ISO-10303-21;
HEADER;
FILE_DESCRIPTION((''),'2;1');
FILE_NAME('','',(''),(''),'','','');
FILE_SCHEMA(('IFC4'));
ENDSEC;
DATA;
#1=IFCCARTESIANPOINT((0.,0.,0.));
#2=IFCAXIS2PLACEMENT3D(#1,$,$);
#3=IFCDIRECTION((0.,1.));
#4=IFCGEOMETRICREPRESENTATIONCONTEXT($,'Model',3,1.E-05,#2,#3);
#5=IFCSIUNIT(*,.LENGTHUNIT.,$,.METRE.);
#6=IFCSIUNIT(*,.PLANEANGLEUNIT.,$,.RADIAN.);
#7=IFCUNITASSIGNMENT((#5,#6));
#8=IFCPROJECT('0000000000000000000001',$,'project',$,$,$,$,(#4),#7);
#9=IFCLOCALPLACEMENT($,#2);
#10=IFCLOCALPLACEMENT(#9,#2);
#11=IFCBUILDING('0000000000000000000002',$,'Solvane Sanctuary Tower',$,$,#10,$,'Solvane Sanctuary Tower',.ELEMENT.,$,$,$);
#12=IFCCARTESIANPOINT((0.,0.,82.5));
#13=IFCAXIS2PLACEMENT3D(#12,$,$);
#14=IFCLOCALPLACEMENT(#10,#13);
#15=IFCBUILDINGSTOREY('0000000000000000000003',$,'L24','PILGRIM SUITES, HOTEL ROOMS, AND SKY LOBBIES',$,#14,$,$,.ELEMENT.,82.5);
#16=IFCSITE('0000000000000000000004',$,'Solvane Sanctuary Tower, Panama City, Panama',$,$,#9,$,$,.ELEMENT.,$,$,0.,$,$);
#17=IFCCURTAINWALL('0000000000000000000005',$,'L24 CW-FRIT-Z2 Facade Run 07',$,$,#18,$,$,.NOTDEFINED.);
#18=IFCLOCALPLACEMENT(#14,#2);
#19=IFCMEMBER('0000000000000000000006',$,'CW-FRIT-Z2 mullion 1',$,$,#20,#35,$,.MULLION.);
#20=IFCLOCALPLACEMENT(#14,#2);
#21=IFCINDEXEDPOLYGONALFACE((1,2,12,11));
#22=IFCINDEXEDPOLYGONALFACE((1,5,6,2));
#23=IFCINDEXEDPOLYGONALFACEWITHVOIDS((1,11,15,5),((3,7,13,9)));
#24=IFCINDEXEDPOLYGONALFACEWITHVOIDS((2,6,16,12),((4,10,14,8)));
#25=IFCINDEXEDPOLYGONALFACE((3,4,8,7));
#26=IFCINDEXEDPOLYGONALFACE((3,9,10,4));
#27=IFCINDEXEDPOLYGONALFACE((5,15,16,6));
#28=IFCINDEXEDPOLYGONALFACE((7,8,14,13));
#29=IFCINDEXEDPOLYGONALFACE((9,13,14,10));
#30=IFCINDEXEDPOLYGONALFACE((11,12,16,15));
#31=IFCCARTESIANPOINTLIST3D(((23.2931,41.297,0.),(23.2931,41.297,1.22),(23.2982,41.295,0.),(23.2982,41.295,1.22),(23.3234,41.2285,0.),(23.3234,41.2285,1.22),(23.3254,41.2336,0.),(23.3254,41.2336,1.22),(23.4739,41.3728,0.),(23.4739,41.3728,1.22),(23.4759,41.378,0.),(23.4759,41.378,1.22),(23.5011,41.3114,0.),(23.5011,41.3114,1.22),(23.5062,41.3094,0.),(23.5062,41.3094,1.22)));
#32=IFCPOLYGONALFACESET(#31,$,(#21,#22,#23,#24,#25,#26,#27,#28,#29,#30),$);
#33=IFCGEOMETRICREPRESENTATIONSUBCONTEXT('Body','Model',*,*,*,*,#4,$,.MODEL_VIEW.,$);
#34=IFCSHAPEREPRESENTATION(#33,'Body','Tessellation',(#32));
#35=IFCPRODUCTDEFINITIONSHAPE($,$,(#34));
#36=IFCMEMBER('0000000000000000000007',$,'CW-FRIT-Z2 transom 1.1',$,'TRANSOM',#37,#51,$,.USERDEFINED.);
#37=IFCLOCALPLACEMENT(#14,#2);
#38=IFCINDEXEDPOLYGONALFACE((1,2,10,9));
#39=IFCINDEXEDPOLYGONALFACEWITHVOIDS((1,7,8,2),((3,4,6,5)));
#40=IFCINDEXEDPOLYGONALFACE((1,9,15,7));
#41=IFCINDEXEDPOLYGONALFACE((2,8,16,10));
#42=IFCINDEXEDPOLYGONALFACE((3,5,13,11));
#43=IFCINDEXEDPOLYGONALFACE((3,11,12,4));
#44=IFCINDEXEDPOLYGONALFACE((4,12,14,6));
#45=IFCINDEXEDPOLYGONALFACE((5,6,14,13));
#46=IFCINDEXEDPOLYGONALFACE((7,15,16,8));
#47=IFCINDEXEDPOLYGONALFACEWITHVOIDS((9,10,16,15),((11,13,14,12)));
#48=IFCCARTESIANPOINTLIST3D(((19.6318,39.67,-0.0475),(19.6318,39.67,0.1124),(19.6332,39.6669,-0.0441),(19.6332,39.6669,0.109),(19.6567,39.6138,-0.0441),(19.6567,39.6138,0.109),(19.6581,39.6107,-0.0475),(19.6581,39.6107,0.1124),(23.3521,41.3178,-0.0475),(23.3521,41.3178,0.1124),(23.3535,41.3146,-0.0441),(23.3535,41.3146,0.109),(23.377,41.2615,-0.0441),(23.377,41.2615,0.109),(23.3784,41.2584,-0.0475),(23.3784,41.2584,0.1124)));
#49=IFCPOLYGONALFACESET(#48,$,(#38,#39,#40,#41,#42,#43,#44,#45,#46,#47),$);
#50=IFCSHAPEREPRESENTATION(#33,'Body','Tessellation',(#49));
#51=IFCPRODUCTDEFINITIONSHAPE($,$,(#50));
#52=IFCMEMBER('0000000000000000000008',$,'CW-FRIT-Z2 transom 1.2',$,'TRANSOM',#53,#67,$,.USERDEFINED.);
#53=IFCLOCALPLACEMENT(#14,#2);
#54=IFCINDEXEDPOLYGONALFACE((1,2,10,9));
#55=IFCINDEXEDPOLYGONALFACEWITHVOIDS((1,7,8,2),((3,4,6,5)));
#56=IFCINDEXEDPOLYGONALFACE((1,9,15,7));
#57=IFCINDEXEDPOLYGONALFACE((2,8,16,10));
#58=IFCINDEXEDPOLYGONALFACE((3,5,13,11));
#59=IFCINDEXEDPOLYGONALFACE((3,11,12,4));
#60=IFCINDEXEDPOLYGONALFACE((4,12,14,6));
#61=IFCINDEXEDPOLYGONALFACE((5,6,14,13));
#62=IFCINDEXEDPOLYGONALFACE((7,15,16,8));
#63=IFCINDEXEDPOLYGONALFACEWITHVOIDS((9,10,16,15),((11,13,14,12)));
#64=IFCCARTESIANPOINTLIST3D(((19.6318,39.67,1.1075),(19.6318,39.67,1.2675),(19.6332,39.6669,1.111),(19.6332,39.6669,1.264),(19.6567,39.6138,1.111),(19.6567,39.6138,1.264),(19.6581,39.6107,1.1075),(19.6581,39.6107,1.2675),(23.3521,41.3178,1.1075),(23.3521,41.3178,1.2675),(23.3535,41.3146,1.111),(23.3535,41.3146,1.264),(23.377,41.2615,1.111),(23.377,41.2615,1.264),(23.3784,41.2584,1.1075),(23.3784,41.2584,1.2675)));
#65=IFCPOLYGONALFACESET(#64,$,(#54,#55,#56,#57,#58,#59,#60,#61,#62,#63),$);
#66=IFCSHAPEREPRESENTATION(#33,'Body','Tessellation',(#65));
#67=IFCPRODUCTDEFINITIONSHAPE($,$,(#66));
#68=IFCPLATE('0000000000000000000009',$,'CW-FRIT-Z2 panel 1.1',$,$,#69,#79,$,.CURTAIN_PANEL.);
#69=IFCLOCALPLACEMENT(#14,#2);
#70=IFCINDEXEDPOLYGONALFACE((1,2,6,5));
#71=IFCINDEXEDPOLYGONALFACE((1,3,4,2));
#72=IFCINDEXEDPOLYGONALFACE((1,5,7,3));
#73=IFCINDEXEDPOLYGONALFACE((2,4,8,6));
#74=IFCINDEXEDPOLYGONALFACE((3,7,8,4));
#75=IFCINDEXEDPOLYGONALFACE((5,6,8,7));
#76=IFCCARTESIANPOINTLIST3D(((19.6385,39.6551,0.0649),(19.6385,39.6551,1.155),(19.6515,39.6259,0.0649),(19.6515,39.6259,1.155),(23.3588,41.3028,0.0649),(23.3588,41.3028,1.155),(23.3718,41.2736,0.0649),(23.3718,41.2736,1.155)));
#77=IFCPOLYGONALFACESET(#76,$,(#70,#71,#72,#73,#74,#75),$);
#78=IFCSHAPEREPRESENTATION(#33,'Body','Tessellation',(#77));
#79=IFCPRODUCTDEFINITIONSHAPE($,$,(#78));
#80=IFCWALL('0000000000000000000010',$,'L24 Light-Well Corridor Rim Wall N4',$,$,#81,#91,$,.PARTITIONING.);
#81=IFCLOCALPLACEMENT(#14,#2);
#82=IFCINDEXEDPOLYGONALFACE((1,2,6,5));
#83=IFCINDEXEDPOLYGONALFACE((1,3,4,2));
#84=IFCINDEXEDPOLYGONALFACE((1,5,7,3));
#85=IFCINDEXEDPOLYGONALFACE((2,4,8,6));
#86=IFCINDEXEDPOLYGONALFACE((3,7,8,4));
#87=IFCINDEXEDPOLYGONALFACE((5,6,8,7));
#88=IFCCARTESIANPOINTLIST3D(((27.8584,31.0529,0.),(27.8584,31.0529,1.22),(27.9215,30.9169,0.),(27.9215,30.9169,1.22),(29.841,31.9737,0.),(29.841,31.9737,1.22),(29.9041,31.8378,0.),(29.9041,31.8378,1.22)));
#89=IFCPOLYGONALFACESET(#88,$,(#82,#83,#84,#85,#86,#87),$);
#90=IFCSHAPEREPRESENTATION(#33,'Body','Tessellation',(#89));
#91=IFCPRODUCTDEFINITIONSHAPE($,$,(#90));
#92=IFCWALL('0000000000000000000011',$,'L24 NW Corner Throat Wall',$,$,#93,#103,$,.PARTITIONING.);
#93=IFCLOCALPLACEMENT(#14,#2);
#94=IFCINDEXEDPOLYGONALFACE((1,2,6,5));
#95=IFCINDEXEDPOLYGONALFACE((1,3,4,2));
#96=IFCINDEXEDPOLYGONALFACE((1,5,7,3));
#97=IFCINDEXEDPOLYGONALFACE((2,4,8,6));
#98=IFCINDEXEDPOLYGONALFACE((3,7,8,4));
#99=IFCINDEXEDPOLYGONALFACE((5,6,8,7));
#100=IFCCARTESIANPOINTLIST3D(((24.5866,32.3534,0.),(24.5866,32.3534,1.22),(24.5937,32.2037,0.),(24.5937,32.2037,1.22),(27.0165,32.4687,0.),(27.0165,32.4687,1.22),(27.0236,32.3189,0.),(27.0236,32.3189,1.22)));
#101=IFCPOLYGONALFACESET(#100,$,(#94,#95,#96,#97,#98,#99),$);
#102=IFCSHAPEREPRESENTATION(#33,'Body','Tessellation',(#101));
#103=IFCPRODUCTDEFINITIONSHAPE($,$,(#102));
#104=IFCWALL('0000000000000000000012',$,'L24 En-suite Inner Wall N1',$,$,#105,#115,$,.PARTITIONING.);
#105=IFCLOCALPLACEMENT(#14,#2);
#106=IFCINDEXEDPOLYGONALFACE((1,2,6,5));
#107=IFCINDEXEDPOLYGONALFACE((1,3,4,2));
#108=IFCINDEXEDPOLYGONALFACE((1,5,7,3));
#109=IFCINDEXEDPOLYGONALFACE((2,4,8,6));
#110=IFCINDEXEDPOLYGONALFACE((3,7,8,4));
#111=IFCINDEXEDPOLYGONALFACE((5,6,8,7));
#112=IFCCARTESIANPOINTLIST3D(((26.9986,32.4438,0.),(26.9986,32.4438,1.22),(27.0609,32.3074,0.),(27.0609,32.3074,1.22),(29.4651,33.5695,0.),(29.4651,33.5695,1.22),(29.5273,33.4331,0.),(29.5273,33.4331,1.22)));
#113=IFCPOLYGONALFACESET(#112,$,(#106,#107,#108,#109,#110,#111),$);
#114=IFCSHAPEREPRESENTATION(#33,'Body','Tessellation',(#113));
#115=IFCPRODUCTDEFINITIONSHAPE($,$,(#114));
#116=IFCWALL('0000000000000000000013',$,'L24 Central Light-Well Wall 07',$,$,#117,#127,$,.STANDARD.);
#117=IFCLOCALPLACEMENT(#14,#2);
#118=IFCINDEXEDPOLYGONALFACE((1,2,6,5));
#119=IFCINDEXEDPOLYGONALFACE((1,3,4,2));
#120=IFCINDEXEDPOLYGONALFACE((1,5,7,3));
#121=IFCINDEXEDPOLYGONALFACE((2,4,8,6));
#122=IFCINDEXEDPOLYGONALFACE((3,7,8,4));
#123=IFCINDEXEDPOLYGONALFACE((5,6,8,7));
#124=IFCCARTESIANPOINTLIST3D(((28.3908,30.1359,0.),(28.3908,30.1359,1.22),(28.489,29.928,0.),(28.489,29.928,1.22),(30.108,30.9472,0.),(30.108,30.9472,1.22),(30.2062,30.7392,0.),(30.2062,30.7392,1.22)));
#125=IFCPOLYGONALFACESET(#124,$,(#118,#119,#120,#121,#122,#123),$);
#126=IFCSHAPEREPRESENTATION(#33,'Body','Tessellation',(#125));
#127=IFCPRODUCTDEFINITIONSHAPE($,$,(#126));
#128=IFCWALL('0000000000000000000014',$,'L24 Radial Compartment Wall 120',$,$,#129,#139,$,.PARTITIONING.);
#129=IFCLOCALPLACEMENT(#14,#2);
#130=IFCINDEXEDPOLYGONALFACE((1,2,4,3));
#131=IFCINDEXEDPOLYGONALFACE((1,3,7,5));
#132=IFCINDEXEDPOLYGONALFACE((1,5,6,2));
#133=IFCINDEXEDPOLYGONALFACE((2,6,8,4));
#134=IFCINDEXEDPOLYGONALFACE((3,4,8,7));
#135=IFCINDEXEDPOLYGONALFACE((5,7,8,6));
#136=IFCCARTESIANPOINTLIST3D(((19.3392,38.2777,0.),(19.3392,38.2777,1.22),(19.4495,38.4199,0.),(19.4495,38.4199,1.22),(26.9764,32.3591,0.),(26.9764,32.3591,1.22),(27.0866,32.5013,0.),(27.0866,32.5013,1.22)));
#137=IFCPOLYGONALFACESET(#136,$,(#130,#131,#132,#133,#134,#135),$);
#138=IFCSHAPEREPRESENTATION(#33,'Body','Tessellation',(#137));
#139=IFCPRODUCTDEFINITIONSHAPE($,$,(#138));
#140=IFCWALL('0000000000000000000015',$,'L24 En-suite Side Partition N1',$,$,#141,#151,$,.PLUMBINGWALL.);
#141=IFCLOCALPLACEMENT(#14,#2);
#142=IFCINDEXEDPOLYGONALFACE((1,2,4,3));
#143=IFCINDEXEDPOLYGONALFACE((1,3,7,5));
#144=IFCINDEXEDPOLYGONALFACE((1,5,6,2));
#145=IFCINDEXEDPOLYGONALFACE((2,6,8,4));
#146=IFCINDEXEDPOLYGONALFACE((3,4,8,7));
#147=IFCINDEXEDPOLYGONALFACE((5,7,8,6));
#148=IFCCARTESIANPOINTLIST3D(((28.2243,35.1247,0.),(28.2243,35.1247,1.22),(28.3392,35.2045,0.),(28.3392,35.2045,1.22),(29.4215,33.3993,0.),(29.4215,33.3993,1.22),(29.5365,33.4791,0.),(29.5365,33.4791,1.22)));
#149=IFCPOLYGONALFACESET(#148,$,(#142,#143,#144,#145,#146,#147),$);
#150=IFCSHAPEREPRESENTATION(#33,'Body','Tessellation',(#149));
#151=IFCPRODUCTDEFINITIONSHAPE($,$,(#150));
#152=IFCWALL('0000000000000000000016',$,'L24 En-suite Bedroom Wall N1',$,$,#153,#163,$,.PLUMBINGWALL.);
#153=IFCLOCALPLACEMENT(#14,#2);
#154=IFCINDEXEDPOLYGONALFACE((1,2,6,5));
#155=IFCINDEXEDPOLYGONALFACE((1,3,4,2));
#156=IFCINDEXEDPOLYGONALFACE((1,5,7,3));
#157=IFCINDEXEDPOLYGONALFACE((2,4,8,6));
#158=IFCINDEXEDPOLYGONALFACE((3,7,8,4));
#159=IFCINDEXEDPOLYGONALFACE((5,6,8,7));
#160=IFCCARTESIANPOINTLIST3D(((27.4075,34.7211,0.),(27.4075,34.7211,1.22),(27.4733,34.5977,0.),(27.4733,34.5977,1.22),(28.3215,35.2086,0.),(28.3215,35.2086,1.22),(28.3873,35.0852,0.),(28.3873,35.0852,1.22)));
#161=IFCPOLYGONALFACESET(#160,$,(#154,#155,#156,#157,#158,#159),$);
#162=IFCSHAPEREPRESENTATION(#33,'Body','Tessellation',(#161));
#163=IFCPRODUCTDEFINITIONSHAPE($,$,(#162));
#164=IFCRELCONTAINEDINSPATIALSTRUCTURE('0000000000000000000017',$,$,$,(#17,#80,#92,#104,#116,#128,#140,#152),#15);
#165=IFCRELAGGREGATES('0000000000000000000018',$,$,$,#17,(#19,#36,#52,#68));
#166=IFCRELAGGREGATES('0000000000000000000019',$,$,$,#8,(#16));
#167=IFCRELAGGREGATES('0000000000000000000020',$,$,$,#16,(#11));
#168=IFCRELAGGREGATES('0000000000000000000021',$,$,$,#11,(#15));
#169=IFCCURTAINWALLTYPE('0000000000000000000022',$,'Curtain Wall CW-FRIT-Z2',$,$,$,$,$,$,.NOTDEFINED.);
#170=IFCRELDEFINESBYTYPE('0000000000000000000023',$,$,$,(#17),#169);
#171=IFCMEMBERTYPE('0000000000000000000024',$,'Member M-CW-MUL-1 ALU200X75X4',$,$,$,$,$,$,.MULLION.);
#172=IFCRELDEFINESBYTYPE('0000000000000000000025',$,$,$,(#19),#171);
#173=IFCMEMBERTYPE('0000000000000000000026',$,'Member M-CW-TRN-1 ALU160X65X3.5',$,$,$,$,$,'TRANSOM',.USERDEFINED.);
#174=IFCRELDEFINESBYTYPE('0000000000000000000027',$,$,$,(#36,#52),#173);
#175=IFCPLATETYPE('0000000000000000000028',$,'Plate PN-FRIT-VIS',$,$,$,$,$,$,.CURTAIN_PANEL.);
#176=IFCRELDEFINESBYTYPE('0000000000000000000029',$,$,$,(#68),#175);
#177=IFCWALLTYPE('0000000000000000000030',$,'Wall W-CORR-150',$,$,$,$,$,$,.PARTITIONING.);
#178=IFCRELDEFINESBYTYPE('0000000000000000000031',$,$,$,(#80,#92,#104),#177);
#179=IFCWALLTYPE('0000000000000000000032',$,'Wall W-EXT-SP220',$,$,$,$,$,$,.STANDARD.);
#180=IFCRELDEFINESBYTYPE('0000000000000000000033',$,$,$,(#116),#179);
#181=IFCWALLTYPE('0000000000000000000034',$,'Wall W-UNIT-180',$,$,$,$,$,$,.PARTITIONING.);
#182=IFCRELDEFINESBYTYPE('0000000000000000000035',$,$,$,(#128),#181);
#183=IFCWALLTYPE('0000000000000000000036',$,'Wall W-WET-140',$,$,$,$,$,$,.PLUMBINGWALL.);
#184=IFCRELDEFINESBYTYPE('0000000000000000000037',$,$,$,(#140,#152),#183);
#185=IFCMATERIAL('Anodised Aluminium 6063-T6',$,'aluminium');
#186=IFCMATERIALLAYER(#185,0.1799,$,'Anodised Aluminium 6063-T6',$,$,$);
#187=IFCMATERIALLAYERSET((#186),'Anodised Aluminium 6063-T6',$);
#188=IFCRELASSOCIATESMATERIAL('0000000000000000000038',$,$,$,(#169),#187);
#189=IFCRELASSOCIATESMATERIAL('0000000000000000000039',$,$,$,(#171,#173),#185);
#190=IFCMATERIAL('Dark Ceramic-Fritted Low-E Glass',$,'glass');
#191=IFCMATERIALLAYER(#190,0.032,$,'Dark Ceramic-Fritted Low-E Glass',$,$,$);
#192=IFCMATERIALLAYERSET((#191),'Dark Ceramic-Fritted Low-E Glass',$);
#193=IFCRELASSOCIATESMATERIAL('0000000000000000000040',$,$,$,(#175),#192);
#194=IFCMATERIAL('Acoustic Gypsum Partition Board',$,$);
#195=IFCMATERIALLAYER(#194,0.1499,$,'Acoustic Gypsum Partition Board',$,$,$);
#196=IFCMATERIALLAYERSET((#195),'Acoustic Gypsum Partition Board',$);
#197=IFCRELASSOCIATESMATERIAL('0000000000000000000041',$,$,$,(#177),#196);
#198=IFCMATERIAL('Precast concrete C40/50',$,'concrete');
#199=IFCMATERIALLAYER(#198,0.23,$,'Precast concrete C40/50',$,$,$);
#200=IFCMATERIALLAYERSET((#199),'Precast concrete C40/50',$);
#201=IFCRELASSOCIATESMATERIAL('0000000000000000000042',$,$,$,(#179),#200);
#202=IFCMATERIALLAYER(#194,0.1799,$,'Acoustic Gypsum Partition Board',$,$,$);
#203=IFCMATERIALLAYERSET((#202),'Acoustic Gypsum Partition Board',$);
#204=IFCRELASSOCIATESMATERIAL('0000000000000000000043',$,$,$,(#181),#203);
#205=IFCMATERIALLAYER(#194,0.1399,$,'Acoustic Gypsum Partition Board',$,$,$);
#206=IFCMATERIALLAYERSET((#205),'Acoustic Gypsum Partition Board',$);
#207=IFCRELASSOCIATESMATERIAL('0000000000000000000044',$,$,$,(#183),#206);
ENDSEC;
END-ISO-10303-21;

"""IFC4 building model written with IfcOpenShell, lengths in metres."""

from ifc_helpers import new_model, si_unit, direction, frame, frame_2d, origin, origin_2d, place, context, subcontext, project, spatial, rectangle, hollow_rectangle, extrude, material, layer, layer_set, material_profile, profile_set, type_object, element, aggregate, save


model = new_model("IFC4")

# Units and contexts
model_context = context("Model", 3, precision=1e-05, world=origin(), true_north=direction((0.0, 1.0)))
body_context = subcontext(model_context, "Body", "Model", "MODEL_VIEW")
ifc_project = project(units=[si_unit("LENGTHUNIT", "METRE"), si_unit("PLANEANGLEUNIT", "RADIAN")], contexts=[model_context])

# Site, building, storey
site_placement = place(None, origin())
site = spatial("IfcSite", under=ifc_project, at=site_placement, Name="Solvane Sanctuary Tower, Panama City, Panama", CompositionType="ELEMENT", RefElevation=0.0)
building_placement = place(site_placement, origin())
building = spatial("IfcBuilding", under=site, at=building_placement, Name="Solvane Sanctuary Tower", LongName="Solvane Sanctuary Tower", CompositionType="ELEMENT")
storey_placement = place(building_placement, frame((0.0, 0.0, 82.5)))
storey = spatial("IfcBuildingStorey", under=building, at=storey_placement, Name="L24", Description="PILGRIM SUITES, HOTEL ROOMS, AND SKY LOBBIES", CompositionType="ELEMENT", Elevation=82.5)

# Curtain wall, members, plate
ifc_material_1 = material(Name="Anodised Aluminium 6063-T6", Category="aluminium")
ifc_layer_1 = layer(ifc_material_1, 0.1799, Name="Anodised Aluminium 6063-T6")
ifc_layer_set_1 = layer_set([ifc_layer_1], Name="Anodised Aluminium 6063-T6")
curtain_wall_type = type_object("IfcCurtainWallType", Name="Curtain Wall CW-FRIT-Z2", PredefinedType="NOTDEFINED", material=ifc_layer_set_1)
curtain_wall_placement = place(storey_placement, origin())
curtain_wall = element("IfcCurtainWall", 1, at=curtain_wall_placement, inside=storey, type_object=curtain_wall_type, Name="L24 CW-FRIT-Z2 Facade Run 07", PredefinedType="NOTDEFINED")
ifc_material_profile_1 = material_profile(ifc_material_1, hollow_rectangle(XDim=0.075, YDim=0.2, WallThickness=0.0039, at=origin_2d()), Name="ALU200X75X4")
ifc_profile_set_1 = profile_set([ifc_material_profile_1], Name="Anodised Aluminium 6063-T6")
member_type_1 = type_object("IfcMemberType", Name="Member M-CW-MUL-1 ALU200X75X4", PredefinedType="MULLION", material=ifc_profile_set_1)
member_1_placement = place(storey_placement, frame((23.3997, 41.3032, 0.0), z_axis=(0.0, 0.0, 1.0), x_axis=(0.404951, -0.914339, 0.0)))
member_1 = element("IfcMember", 2, at=member_1_placement, type_object=member_type_1, Name="CW-FRIT-Z2 mullion 1", PredefinedType="MULLION", context=body_context, shape_type="SweptSolid", body=[
    extrude(hollow_rectangle(XDim=0.075, YDim=0.2, WallThickness=0.0039, at=origin_2d()), origin(), (0.0, 0.0, 1.0), 1.22),
])
ifc_material_profile_2 = material_profile(ifc_material_1, hollow_rectangle(XDim=0.0649, YDim=0.1599, WallThickness=0.0034, at=origin_2d()), Name="ALU160X65X3.5")
ifc_profile_set_2 = profile_set([ifc_material_profile_2], Name="Anodised Aluminium 6063-T6")
member_type_2 = type_object("IfcMemberType", Name="Member M-CW-TRN-1 ALU160X65X3.5", ElementType="TRANSOM", PredefinedType="USERDEFINED", material=ifc_profile_set_2)
member_2_placement = place(storey_placement, frame((23.3652, 41.2881, 0.0325), z_axis=(-0.914333, -0.404963, 0.0), x_axis=(0.404963, -0.914333, 0.0)))
member_2 = element("IfcMember", 3, at=member_2_placement, type_object=member_type_2, Name="CW-FRIT-Z2 transom 1.1", ObjectType="TRANSOM", PredefinedType="USERDEFINED", context=body_context, shape_type="SweptSolid", body=[
    extrude(hollow_rectangle(XDim=0.0649, YDim=0.1599, WallThickness=0.0034, at=origin_2d()), origin(), (0.0, 0.0, 1.0), 4.0688),
])
member_3_placement = place(storey_placement, frame((23.3652, 41.2881, 1.1875), z_axis=(-0.914333, -0.404963, 0.0), x_axis=(0.404963, -0.914333, 0.0)))
member_3 = element("IfcMember", 4, at=member_3_placement, type_object=member_type_2, Name="CW-FRIT-Z2 transom 1.2", ObjectType="TRANSOM", PredefinedType="USERDEFINED", context=body_context, shape_type="SweptSolid", body=[
    extrude(hollow_rectangle(XDim=0.0649, YDim=0.1599, WallThickness=0.0034, at=origin_2d()), origin(), (0.0, 0.0, 1.0), 4.0688),
])
ifc_material_2 = material(Name="Dark Ceramic-Fritted Low-E Glass", Category="glass")
ifc_layer_2 = layer(ifc_material_2, 0.032, Name="Dark Ceramic-Fritted Low-E Glass")
ifc_layer_set_2 = layer_set([ifc_layer_2], Name="Dark Ceramic-Fritted Low-E Glass")
plate_type = type_object("IfcPlateType", Name="Plate PN-FRIT-VIS", PredefinedType="CURTAIN_PANEL", material=ifc_layer_set_2)
plate_placement = place(storey_placement, frame((21.5051, 40.4644, 0.0649), z_axis=(0.0, 0.0, 1.0), x_axis=(-0.914339, -0.404951, 0.0)))
plate = element("IfcPlate", 5, at=plate_placement, type_object=plate_type, Name="CW-FRIT-Z2 panel 1.1", PredefinedType="CURTAIN_PANEL", context=body_context, shape_type="SweptSolid", body=[
    extrude(rectangle(XDim=4.0688, YDim=0.032, at=origin_2d()), origin(), (0.0, 0.0, 1.0), 1.0901),
])
aggregate(curtain_wall, [member_1, member_2, member_3, plate])

# Walls
ifc_material_3 = material(Name="Acoustic Gypsum Partition Board")
ifc_layer_3 = layer(ifc_material_3, 0.1499, Name="Acoustic Gypsum Partition Board")
ifc_layer_set_3 = layer_set([ifc_layer_3], Name="Acoustic Gypsum Partition Board")
wall_type_1 = type_object("IfcWallType", Name="Wall W-CORR-150", PredefinedType="PARTITIONING", material=ifc_layer_set_3)
wall_1_placement = place(storey_placement, frame((29.8726, 31.9058, 0.0), z_axis=(0.0, 0.0, 1.0), x_axis=(-0.906943, -0.421252, 0.0)))
element("IfcWall", 6, at=wall_1_placement, inside=storey, type_object=wall_type_1, Name="L24 Light-Well Corridor Rim Wall N4", PredefinedType="PARTITIONING", context=body_context, shape_type="SweptSolid", body=[
    extrude(rectangle(XDim=2.186, YDim=0.1499, at=frame_2d((1.093, 0.0))), origin(), (0.0, 0.0, 1.0), 1.22),
])
wall_2_placement = place(storey_placement, frame((27.02, 32.3938, 0.0), z_axis=(0.0, 0.0, 1.0), x_axis=(-0.998877, -0.04737, 0.0)))
element("IfcWall", 7, at=wall_2_placement, inside=storey, type_object=wall_type_1, Name="L24 NW Corner Throat Wall", PredefinedType="PARTITIONING", context=body_context, shape_type="SweptSolid", body=[
    extrude(rectangle(XDim=2.4326, YDim=0.1499, at=frame_2d((1.2163, 0.0))), origin(), (0.0, 0.0, 1.0), 1.22),
])
wall_3_placement = place(storey_placement, frame((29.4961, 33.5012, 0.0), z_axis=(0.0, 0.0, 1.0), x_axis=(-0.90973, -0.4152, 0.0)))
element("IfcWall", 8, at=wall_3_placement, inside=storey, type_object=wall_type_1, Name="L24 En-suite Inner Wall N1", PredefinedType="PARTITIONING", context=body_context, shape_type="SweptSolid", body=[
    extrude(rectangle(XDim=2.7112, YDim=0.1499, at=frame_2d((1.3555, 0.0))), origin(), (0.0, 0.0, 1.0), 1.22),
])
ifc_material_4 = material(Name="Precast concrete C40/50", Category="concrete")
ifc_layer_4 = layer(ifc_material_4, 0.23, Name="Precast concrete C40/50")
ifc_layer_set_4 = layer_set([ifc_layer_4], Name="Precast concrete C40/50")
wall_type_2 = type_object("IfcWallType", Name="Wall W-EXT-SP220", PredefinedType="STANDARD", material=ifc_layer_set_4)
wall_4_placement = place(storey_placement, frame((30.1572, 30.8433, 0.0), z_axis=(0.0, 0.0, 1.0), x_axis=(-0.90418, -0.427152, 0.0)))
element("IfcWall", 9, at=wall_4_placement, inside=storey, type_object=wall_type_2, Name="L24 Central Light-Well Wall 07", PredefinedType="STANDARD", context=body_context, shape_type="SweptSolid", body=[
    extrude(rectangle(XDim=1.8992, YDim=0.23, at=frame_2d((0.9497, 0.0))), origin(), (0.0, 0.0, 1.0), 1.22),
])
ifc_layer_5 = layer(ifc_material_3, 0.1799, Name="Acoustic Gypsum Partition Board")
ifc_layer_set_5 = layer_set([ifc_layer_5], Name="Acoustic Gypsum Partition Board")
wall_type_3 = type_object("IfcWallType", Name="Wall W-UNIT-180", PredefinedType="PARTITIONING", material=ifc_layer_set_5)
wall_5_placement = place(storey_placement, frame((27.0315, 32.4302, 0.0), z_axis=(0.0, 0.0, 1.0), x_axis=(-0.790422, 0.612563, 0.0)))
element("IfcWall", 10, at=wall_5_placement, inside=storey, type_object=wall_type_3, Name="L24 Radial Compartment Wall 120", PredefinedType="PARTITIONING", context=body_context, shape_type="SweptSolid", body=[
    extrude(rectangle(XDim=9.6621, YDim=0.1799, at=frame_2d((4.8311, 0.0))), origin(), (0.0, 0.0, 1.0), 1.22),
])
ifc_layer_6 = layer(ifc_material_3, 0.1399, Name="Acoustic Gypsum Partition Board")
ifc_layer_set_6 = layer_set([ifc_layer_6], Name="Acoustic Gypsum Partition Board")
wall_type_4 = type_object("IfcWallType", Name="Wall W-WET-140", PredefinedType="PLUMBINGWALL", material=ifc_layer_set_6)
wall_6_placement = place(storey_placement, frame((29.479, 33.4392, 0.0), z_axis=(0.0, 0.0, 1.0), x_axis=(-0.57011, 0.821568, 0.0)))
element("IfcWall", 11, at=wall_6_placement, inside=storey, type_object=wall_type_4, Name="L24 En-suite Side Partition N1", PredefinedType="PLUMBINGWALL", context=body_context, shape_type="SweptSolid", body=[
    extrude(rectangle(XDim=2.1001, YDim=0.1399, at=frame_2d((1.05, 0.0))), origin(), (0.0, 0.0, 1.0), 1.22),
])
wall_7_placement = place(storey_placement, frame((28.3545, 35.147, 0.0), z_axis=(0.0, 0.0, 1.0), x_axis=(-0.882333, -0.470625, 0.0)))
element("IfcWall", 12, at=wall_7_placement, inside=storey, type_object=wall_type_4, Name="L24 En-suite Bedroom Wall N1", PredefinedType="PLUMBINGWALL", context=body_context, shape_type="SweptSolid", body=[
    extrude(rectangle(XDim=1.0359, YDim=0.1399, at=frame_2d((0.5181, 0.0))), origin(), (0.0, 0.0, 1.0), 1.22),
])

save(model, "model.ifc")
